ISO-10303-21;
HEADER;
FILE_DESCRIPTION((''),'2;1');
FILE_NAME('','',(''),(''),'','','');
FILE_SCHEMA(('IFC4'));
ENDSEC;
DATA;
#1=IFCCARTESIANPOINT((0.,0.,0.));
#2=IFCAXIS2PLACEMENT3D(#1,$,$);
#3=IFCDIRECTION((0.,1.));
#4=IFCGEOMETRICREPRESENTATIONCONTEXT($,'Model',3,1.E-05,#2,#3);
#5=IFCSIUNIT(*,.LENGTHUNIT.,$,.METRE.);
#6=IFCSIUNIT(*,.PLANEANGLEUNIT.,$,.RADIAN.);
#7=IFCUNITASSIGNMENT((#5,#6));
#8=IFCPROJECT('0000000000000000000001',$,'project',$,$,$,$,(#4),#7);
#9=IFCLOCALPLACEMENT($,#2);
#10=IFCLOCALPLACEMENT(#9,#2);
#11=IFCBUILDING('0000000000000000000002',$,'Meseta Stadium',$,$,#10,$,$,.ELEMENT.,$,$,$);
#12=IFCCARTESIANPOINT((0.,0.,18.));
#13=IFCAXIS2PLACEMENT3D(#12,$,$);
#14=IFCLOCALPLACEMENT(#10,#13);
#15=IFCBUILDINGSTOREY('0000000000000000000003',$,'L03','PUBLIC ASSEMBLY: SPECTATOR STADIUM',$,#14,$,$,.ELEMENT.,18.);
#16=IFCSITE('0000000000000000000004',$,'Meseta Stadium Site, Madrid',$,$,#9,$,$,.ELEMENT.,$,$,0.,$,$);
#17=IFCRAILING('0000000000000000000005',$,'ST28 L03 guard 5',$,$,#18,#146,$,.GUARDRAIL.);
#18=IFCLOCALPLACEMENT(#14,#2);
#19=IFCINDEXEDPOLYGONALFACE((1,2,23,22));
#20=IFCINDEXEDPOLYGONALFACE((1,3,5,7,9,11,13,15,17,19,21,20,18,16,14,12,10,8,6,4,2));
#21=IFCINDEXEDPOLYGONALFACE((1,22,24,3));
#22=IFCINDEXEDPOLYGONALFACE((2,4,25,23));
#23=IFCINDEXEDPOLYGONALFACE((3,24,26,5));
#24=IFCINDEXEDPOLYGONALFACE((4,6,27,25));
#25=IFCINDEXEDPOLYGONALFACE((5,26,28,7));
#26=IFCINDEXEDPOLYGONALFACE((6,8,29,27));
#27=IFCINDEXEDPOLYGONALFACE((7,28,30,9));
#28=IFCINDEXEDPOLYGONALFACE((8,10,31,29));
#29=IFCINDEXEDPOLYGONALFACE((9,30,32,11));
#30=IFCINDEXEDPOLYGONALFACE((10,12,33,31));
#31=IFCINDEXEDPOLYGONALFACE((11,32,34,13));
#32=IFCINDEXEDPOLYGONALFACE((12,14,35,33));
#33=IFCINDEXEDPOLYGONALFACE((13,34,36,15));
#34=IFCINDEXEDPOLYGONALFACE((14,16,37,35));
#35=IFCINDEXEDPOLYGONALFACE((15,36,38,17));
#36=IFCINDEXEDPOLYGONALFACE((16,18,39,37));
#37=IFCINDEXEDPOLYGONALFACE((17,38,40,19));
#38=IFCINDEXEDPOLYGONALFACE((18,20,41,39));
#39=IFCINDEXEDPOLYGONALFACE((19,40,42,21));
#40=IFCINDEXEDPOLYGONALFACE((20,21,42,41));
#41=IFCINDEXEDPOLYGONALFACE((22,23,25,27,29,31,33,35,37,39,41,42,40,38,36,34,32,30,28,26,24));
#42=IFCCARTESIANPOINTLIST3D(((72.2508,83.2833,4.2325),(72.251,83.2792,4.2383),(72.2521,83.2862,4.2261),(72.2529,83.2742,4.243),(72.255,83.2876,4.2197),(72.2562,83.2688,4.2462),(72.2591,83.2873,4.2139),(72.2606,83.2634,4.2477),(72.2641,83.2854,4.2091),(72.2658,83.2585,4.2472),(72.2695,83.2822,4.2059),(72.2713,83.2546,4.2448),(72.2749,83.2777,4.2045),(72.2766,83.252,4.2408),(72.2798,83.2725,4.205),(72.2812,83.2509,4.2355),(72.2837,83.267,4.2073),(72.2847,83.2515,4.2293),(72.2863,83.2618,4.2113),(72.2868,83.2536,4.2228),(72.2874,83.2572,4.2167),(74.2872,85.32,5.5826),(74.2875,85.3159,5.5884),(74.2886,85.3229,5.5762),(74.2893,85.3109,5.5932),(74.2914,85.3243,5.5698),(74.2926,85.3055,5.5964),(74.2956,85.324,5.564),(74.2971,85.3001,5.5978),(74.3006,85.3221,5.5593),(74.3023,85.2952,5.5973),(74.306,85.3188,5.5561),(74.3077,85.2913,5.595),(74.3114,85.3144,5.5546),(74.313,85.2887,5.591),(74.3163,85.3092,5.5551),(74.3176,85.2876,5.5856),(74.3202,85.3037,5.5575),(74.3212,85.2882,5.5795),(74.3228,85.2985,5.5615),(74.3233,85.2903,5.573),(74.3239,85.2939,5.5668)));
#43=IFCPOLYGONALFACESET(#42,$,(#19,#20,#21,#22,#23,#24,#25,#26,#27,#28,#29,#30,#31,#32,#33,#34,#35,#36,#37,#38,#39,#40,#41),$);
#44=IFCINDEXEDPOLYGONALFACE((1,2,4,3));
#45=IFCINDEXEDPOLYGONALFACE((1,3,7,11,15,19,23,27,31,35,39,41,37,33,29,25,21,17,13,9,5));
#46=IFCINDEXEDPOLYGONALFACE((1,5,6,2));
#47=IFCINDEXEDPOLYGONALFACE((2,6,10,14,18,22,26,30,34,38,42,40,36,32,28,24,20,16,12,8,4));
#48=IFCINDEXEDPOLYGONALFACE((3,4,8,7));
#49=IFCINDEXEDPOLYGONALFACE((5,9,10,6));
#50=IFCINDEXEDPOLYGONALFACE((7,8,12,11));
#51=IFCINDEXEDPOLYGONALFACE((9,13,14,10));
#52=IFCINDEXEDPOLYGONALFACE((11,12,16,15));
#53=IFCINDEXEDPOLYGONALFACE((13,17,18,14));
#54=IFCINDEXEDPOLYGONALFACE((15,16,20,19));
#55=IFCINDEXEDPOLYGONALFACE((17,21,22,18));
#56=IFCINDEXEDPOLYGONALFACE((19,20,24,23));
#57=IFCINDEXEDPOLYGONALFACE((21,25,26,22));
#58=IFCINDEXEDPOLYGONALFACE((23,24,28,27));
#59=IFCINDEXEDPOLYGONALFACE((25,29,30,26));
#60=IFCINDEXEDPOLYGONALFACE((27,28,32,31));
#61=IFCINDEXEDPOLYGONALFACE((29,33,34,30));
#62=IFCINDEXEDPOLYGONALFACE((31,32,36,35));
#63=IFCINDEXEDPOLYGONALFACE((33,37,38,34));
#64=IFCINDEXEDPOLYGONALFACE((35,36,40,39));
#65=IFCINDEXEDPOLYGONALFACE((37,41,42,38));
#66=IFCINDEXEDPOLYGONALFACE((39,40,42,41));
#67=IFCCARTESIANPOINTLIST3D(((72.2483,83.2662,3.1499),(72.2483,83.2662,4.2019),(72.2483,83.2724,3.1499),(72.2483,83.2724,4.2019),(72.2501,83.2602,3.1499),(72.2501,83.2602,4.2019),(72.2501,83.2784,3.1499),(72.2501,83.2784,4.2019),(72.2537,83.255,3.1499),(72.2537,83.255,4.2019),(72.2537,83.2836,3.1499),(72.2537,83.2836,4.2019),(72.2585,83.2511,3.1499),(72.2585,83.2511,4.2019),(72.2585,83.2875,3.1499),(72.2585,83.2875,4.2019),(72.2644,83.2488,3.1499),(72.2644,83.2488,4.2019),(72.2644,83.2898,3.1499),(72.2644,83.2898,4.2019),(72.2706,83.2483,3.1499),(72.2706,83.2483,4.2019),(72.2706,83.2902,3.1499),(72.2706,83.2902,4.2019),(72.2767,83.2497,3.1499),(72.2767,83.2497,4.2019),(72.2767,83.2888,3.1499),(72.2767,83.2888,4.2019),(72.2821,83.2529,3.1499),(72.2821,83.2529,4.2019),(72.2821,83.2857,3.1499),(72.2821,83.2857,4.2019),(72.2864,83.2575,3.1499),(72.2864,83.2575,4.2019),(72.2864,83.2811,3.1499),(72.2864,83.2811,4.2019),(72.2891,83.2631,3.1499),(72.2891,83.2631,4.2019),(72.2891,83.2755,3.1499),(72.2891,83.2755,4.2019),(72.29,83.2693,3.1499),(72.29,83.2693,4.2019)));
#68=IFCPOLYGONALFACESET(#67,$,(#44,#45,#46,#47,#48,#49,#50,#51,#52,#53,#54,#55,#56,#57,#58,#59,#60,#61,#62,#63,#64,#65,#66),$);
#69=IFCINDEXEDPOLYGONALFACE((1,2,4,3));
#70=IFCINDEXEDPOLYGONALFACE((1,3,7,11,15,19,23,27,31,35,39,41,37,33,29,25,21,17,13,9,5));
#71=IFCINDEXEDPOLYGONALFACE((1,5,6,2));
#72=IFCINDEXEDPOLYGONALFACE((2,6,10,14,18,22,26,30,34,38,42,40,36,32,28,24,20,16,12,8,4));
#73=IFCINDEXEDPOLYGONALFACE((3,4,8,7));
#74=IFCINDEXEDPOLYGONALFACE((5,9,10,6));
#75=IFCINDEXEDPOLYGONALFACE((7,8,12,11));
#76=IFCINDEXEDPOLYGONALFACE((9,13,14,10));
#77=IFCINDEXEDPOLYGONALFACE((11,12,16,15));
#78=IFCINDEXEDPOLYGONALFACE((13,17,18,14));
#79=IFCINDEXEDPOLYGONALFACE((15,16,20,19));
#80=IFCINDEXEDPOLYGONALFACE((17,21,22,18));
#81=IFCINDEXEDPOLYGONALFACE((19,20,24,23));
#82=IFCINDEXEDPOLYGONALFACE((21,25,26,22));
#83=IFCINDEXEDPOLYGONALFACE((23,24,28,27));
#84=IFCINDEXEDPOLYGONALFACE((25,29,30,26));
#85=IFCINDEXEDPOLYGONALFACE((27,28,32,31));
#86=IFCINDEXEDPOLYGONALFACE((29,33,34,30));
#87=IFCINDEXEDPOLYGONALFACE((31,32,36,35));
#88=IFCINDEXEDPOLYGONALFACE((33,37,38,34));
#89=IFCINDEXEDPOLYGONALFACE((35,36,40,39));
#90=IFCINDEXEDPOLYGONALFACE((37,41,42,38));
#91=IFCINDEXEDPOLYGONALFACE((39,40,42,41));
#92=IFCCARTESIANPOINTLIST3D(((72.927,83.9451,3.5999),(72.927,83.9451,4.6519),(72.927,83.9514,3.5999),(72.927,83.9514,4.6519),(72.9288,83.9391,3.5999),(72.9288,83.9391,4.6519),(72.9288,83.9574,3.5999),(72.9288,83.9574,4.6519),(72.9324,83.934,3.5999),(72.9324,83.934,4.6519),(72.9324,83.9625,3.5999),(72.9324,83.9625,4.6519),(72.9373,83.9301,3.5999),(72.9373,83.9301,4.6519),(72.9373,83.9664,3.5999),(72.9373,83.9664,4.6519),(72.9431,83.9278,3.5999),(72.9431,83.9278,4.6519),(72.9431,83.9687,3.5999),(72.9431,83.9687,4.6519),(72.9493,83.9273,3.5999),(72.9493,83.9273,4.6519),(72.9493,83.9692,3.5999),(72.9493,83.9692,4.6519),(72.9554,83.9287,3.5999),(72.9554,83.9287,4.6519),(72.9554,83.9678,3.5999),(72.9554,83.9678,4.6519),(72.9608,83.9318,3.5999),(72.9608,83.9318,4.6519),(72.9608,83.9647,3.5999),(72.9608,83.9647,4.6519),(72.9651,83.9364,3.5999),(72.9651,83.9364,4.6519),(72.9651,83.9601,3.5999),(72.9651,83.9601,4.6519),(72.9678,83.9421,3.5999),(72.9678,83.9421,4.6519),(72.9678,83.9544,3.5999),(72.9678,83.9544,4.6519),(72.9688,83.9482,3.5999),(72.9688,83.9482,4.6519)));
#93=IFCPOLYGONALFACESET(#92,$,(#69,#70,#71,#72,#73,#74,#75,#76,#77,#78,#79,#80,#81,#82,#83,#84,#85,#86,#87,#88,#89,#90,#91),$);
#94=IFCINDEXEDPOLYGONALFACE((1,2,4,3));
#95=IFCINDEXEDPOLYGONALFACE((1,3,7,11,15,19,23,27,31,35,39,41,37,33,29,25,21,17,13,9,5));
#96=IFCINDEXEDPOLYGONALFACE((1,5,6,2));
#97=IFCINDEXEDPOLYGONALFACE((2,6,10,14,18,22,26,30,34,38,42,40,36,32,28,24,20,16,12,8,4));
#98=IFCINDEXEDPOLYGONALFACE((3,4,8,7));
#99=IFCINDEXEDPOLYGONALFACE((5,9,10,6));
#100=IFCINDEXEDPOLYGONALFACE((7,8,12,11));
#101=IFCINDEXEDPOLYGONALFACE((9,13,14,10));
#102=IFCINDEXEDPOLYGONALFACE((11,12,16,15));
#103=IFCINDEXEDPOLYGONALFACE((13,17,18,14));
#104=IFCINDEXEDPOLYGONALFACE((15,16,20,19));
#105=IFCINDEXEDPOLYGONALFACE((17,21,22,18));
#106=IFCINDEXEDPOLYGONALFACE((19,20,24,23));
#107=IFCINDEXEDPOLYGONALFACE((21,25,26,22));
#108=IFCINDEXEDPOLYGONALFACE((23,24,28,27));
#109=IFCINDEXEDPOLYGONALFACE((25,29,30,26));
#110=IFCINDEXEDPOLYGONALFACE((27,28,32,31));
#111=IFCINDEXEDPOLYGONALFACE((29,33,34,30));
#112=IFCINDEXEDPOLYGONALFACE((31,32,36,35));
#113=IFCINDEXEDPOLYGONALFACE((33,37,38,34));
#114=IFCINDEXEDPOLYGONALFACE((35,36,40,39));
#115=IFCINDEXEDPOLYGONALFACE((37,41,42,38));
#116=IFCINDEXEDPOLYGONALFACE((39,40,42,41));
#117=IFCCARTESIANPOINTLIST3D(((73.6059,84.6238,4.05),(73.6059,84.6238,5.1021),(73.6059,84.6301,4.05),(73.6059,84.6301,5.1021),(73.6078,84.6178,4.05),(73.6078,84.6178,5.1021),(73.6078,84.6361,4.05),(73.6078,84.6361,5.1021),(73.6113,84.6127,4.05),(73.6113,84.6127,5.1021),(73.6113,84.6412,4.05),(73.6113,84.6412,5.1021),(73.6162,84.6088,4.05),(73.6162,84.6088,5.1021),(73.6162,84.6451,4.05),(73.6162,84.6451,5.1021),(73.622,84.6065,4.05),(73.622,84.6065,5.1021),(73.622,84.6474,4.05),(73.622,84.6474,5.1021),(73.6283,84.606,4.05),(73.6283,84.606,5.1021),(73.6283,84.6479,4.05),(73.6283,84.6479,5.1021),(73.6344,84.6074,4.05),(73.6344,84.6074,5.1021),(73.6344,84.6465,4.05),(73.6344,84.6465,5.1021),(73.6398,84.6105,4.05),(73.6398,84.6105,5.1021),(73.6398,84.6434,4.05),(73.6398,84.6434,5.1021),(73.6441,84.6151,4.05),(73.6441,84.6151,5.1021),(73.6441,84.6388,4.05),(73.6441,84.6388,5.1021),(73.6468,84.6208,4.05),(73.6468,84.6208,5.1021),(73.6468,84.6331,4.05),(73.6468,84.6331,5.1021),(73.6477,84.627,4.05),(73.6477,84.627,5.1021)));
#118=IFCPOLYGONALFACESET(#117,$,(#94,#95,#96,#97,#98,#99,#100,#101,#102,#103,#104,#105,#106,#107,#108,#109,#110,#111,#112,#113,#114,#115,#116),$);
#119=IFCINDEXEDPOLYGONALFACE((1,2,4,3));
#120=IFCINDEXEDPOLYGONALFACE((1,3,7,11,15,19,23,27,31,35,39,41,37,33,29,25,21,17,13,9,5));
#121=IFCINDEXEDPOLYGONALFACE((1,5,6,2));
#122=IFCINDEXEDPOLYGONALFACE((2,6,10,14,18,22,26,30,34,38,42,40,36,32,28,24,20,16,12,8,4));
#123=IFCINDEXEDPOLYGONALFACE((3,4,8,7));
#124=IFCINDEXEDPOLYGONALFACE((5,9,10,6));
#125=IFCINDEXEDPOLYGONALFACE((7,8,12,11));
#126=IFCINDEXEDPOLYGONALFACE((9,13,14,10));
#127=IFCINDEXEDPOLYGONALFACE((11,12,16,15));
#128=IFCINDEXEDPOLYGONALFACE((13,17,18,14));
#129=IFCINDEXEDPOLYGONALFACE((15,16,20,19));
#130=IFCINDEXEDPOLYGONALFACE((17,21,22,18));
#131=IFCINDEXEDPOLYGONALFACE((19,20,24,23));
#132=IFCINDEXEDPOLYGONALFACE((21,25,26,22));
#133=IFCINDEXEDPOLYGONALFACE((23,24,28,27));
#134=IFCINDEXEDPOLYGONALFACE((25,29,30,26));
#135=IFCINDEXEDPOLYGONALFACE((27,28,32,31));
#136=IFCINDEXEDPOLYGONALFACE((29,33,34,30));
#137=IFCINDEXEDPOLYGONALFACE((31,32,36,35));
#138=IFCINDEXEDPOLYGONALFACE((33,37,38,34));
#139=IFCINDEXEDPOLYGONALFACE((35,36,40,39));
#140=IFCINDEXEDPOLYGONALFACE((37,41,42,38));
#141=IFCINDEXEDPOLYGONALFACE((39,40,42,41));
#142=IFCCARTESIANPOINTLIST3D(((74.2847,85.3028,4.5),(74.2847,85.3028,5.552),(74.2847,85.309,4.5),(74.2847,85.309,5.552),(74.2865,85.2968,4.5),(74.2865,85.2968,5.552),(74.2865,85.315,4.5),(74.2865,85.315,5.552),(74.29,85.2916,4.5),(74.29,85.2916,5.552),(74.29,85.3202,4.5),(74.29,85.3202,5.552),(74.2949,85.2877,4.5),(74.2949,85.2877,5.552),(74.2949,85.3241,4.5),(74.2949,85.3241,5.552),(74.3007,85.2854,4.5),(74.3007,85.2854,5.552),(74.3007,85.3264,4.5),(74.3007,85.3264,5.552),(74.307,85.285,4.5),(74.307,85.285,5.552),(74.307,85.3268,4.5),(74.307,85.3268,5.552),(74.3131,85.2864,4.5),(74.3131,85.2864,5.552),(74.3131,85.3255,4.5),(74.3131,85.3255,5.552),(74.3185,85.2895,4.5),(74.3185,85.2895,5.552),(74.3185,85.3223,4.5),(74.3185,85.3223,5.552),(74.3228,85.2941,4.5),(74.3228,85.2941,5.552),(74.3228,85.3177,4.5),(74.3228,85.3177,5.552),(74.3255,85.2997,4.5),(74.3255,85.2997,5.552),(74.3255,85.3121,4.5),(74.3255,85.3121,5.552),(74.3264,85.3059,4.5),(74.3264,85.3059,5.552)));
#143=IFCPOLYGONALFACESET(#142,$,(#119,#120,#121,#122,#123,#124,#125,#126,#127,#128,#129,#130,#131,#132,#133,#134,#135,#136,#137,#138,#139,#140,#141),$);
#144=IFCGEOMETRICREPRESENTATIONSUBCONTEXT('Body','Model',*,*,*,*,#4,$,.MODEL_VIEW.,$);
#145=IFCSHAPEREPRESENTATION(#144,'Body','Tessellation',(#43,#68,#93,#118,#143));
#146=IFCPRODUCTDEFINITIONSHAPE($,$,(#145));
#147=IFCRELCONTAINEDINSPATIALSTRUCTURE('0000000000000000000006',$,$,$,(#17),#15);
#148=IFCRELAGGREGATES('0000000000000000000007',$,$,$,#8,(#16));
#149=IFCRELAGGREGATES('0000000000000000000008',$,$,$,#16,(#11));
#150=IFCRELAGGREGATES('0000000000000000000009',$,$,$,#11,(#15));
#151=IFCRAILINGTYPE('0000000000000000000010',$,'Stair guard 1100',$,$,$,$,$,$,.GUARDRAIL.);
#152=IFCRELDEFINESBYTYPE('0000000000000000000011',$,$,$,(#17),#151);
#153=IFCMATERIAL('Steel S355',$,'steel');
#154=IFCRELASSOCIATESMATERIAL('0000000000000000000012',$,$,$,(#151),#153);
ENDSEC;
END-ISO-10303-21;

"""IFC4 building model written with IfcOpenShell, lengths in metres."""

from ifc_helpers import new_model, si_unit, direction, frame, origin, origin_2d, place, context, subcontext, project, spatial, circle, extrude, material, type_object, element, save


model = new_model("IFC4")

# Units and contexts
model_context = context("Model", 3, precision=1e-05, world=origin(), true_north=direction((0.0, 1.0)))
body_context = subcontext(model_context, "Body", "Model", "MODEL_VIEW")
ifc_project = project(units=[si_unit("LENGTHUNIT", "METRE"), si_unit("PLANEANGLEUNIT", "RADIAN")], contexts=[model_context])

# Site, building, storey
site_placement = place(None, origin())
site = spatial("IfcSite", under=ifc_project, at=site_placement, Name="Meseta Stadium Site, Madrid", CompositionType="ELEMENT", RefElevation=0.0)
building_placement = place(site_placement, origin())
building = spatial("IfcBuilding", under=site, at=building_placement, Name="Meseta Stadium", CompositionType="ELEMENT")
storey_placement = place(building_placement, frame((0.0, 0.0, 18.0)))
storey = spatial("IfcBuildingStorey", under=building, at=storey_placement, Name="L03", Description="PUBLIC ASSEMBLY: SPECTATOR STADIUM", CompositionType="ELEMENT", Elevation=18.0)

# Railing
ifc_material_1 = material(Name="Steel S355", Category="steel")
railing_type_1 = type_object("IfcRailingType", Name="Stair guard 1100", PredefinedType="GUARDRAIL", material=ifc_material_1)
railing_1_placement = place(storey_placement, frame((72.269, 83.2693, 3.1499)))
element("IfcRailing", 1, at=railing_1_placement, inside=storey, type_object=railing_type_1, Name="ST28 L03 guard 5", PredefinedType="GUARDRAIL", context=body_context, shape_type="SweptSolid", body=[
    extrude(circle(Radius=0.0239, at=origin_2d()), frame((0.0, 0.0, 1.0762), z_axis=(0.640211, 0.640288, 0.424454), x_axis=(-0.707149, 0.707064, 0.0)), (0.0, 0.0, 1.0), 3.1809),
    extrude(circle(Radius=0.021, at=origin_2d()), origin(), (0.0, 0.0, 1.0), 1.052),
    extrude(circle(Radius=0.021, at=origin_2d()), frame((0.6787, 0.679, 0.45)), (0.0, 0.0, 1.0), 1.052),
    extrude(circle(Radius=0.021, at=origin_2d()), frame((1.3577, 1.3577, 0.9001)), (0.0, 0.0, 1.0), 1.052),
    extrude(circle(Radius=0.021, at=origin_2d()), frame((2.0364, 2.0366, 1.3501)), (0.0, 0.0, 1.0), 1.052),
])

save(model, "model.ifc")
